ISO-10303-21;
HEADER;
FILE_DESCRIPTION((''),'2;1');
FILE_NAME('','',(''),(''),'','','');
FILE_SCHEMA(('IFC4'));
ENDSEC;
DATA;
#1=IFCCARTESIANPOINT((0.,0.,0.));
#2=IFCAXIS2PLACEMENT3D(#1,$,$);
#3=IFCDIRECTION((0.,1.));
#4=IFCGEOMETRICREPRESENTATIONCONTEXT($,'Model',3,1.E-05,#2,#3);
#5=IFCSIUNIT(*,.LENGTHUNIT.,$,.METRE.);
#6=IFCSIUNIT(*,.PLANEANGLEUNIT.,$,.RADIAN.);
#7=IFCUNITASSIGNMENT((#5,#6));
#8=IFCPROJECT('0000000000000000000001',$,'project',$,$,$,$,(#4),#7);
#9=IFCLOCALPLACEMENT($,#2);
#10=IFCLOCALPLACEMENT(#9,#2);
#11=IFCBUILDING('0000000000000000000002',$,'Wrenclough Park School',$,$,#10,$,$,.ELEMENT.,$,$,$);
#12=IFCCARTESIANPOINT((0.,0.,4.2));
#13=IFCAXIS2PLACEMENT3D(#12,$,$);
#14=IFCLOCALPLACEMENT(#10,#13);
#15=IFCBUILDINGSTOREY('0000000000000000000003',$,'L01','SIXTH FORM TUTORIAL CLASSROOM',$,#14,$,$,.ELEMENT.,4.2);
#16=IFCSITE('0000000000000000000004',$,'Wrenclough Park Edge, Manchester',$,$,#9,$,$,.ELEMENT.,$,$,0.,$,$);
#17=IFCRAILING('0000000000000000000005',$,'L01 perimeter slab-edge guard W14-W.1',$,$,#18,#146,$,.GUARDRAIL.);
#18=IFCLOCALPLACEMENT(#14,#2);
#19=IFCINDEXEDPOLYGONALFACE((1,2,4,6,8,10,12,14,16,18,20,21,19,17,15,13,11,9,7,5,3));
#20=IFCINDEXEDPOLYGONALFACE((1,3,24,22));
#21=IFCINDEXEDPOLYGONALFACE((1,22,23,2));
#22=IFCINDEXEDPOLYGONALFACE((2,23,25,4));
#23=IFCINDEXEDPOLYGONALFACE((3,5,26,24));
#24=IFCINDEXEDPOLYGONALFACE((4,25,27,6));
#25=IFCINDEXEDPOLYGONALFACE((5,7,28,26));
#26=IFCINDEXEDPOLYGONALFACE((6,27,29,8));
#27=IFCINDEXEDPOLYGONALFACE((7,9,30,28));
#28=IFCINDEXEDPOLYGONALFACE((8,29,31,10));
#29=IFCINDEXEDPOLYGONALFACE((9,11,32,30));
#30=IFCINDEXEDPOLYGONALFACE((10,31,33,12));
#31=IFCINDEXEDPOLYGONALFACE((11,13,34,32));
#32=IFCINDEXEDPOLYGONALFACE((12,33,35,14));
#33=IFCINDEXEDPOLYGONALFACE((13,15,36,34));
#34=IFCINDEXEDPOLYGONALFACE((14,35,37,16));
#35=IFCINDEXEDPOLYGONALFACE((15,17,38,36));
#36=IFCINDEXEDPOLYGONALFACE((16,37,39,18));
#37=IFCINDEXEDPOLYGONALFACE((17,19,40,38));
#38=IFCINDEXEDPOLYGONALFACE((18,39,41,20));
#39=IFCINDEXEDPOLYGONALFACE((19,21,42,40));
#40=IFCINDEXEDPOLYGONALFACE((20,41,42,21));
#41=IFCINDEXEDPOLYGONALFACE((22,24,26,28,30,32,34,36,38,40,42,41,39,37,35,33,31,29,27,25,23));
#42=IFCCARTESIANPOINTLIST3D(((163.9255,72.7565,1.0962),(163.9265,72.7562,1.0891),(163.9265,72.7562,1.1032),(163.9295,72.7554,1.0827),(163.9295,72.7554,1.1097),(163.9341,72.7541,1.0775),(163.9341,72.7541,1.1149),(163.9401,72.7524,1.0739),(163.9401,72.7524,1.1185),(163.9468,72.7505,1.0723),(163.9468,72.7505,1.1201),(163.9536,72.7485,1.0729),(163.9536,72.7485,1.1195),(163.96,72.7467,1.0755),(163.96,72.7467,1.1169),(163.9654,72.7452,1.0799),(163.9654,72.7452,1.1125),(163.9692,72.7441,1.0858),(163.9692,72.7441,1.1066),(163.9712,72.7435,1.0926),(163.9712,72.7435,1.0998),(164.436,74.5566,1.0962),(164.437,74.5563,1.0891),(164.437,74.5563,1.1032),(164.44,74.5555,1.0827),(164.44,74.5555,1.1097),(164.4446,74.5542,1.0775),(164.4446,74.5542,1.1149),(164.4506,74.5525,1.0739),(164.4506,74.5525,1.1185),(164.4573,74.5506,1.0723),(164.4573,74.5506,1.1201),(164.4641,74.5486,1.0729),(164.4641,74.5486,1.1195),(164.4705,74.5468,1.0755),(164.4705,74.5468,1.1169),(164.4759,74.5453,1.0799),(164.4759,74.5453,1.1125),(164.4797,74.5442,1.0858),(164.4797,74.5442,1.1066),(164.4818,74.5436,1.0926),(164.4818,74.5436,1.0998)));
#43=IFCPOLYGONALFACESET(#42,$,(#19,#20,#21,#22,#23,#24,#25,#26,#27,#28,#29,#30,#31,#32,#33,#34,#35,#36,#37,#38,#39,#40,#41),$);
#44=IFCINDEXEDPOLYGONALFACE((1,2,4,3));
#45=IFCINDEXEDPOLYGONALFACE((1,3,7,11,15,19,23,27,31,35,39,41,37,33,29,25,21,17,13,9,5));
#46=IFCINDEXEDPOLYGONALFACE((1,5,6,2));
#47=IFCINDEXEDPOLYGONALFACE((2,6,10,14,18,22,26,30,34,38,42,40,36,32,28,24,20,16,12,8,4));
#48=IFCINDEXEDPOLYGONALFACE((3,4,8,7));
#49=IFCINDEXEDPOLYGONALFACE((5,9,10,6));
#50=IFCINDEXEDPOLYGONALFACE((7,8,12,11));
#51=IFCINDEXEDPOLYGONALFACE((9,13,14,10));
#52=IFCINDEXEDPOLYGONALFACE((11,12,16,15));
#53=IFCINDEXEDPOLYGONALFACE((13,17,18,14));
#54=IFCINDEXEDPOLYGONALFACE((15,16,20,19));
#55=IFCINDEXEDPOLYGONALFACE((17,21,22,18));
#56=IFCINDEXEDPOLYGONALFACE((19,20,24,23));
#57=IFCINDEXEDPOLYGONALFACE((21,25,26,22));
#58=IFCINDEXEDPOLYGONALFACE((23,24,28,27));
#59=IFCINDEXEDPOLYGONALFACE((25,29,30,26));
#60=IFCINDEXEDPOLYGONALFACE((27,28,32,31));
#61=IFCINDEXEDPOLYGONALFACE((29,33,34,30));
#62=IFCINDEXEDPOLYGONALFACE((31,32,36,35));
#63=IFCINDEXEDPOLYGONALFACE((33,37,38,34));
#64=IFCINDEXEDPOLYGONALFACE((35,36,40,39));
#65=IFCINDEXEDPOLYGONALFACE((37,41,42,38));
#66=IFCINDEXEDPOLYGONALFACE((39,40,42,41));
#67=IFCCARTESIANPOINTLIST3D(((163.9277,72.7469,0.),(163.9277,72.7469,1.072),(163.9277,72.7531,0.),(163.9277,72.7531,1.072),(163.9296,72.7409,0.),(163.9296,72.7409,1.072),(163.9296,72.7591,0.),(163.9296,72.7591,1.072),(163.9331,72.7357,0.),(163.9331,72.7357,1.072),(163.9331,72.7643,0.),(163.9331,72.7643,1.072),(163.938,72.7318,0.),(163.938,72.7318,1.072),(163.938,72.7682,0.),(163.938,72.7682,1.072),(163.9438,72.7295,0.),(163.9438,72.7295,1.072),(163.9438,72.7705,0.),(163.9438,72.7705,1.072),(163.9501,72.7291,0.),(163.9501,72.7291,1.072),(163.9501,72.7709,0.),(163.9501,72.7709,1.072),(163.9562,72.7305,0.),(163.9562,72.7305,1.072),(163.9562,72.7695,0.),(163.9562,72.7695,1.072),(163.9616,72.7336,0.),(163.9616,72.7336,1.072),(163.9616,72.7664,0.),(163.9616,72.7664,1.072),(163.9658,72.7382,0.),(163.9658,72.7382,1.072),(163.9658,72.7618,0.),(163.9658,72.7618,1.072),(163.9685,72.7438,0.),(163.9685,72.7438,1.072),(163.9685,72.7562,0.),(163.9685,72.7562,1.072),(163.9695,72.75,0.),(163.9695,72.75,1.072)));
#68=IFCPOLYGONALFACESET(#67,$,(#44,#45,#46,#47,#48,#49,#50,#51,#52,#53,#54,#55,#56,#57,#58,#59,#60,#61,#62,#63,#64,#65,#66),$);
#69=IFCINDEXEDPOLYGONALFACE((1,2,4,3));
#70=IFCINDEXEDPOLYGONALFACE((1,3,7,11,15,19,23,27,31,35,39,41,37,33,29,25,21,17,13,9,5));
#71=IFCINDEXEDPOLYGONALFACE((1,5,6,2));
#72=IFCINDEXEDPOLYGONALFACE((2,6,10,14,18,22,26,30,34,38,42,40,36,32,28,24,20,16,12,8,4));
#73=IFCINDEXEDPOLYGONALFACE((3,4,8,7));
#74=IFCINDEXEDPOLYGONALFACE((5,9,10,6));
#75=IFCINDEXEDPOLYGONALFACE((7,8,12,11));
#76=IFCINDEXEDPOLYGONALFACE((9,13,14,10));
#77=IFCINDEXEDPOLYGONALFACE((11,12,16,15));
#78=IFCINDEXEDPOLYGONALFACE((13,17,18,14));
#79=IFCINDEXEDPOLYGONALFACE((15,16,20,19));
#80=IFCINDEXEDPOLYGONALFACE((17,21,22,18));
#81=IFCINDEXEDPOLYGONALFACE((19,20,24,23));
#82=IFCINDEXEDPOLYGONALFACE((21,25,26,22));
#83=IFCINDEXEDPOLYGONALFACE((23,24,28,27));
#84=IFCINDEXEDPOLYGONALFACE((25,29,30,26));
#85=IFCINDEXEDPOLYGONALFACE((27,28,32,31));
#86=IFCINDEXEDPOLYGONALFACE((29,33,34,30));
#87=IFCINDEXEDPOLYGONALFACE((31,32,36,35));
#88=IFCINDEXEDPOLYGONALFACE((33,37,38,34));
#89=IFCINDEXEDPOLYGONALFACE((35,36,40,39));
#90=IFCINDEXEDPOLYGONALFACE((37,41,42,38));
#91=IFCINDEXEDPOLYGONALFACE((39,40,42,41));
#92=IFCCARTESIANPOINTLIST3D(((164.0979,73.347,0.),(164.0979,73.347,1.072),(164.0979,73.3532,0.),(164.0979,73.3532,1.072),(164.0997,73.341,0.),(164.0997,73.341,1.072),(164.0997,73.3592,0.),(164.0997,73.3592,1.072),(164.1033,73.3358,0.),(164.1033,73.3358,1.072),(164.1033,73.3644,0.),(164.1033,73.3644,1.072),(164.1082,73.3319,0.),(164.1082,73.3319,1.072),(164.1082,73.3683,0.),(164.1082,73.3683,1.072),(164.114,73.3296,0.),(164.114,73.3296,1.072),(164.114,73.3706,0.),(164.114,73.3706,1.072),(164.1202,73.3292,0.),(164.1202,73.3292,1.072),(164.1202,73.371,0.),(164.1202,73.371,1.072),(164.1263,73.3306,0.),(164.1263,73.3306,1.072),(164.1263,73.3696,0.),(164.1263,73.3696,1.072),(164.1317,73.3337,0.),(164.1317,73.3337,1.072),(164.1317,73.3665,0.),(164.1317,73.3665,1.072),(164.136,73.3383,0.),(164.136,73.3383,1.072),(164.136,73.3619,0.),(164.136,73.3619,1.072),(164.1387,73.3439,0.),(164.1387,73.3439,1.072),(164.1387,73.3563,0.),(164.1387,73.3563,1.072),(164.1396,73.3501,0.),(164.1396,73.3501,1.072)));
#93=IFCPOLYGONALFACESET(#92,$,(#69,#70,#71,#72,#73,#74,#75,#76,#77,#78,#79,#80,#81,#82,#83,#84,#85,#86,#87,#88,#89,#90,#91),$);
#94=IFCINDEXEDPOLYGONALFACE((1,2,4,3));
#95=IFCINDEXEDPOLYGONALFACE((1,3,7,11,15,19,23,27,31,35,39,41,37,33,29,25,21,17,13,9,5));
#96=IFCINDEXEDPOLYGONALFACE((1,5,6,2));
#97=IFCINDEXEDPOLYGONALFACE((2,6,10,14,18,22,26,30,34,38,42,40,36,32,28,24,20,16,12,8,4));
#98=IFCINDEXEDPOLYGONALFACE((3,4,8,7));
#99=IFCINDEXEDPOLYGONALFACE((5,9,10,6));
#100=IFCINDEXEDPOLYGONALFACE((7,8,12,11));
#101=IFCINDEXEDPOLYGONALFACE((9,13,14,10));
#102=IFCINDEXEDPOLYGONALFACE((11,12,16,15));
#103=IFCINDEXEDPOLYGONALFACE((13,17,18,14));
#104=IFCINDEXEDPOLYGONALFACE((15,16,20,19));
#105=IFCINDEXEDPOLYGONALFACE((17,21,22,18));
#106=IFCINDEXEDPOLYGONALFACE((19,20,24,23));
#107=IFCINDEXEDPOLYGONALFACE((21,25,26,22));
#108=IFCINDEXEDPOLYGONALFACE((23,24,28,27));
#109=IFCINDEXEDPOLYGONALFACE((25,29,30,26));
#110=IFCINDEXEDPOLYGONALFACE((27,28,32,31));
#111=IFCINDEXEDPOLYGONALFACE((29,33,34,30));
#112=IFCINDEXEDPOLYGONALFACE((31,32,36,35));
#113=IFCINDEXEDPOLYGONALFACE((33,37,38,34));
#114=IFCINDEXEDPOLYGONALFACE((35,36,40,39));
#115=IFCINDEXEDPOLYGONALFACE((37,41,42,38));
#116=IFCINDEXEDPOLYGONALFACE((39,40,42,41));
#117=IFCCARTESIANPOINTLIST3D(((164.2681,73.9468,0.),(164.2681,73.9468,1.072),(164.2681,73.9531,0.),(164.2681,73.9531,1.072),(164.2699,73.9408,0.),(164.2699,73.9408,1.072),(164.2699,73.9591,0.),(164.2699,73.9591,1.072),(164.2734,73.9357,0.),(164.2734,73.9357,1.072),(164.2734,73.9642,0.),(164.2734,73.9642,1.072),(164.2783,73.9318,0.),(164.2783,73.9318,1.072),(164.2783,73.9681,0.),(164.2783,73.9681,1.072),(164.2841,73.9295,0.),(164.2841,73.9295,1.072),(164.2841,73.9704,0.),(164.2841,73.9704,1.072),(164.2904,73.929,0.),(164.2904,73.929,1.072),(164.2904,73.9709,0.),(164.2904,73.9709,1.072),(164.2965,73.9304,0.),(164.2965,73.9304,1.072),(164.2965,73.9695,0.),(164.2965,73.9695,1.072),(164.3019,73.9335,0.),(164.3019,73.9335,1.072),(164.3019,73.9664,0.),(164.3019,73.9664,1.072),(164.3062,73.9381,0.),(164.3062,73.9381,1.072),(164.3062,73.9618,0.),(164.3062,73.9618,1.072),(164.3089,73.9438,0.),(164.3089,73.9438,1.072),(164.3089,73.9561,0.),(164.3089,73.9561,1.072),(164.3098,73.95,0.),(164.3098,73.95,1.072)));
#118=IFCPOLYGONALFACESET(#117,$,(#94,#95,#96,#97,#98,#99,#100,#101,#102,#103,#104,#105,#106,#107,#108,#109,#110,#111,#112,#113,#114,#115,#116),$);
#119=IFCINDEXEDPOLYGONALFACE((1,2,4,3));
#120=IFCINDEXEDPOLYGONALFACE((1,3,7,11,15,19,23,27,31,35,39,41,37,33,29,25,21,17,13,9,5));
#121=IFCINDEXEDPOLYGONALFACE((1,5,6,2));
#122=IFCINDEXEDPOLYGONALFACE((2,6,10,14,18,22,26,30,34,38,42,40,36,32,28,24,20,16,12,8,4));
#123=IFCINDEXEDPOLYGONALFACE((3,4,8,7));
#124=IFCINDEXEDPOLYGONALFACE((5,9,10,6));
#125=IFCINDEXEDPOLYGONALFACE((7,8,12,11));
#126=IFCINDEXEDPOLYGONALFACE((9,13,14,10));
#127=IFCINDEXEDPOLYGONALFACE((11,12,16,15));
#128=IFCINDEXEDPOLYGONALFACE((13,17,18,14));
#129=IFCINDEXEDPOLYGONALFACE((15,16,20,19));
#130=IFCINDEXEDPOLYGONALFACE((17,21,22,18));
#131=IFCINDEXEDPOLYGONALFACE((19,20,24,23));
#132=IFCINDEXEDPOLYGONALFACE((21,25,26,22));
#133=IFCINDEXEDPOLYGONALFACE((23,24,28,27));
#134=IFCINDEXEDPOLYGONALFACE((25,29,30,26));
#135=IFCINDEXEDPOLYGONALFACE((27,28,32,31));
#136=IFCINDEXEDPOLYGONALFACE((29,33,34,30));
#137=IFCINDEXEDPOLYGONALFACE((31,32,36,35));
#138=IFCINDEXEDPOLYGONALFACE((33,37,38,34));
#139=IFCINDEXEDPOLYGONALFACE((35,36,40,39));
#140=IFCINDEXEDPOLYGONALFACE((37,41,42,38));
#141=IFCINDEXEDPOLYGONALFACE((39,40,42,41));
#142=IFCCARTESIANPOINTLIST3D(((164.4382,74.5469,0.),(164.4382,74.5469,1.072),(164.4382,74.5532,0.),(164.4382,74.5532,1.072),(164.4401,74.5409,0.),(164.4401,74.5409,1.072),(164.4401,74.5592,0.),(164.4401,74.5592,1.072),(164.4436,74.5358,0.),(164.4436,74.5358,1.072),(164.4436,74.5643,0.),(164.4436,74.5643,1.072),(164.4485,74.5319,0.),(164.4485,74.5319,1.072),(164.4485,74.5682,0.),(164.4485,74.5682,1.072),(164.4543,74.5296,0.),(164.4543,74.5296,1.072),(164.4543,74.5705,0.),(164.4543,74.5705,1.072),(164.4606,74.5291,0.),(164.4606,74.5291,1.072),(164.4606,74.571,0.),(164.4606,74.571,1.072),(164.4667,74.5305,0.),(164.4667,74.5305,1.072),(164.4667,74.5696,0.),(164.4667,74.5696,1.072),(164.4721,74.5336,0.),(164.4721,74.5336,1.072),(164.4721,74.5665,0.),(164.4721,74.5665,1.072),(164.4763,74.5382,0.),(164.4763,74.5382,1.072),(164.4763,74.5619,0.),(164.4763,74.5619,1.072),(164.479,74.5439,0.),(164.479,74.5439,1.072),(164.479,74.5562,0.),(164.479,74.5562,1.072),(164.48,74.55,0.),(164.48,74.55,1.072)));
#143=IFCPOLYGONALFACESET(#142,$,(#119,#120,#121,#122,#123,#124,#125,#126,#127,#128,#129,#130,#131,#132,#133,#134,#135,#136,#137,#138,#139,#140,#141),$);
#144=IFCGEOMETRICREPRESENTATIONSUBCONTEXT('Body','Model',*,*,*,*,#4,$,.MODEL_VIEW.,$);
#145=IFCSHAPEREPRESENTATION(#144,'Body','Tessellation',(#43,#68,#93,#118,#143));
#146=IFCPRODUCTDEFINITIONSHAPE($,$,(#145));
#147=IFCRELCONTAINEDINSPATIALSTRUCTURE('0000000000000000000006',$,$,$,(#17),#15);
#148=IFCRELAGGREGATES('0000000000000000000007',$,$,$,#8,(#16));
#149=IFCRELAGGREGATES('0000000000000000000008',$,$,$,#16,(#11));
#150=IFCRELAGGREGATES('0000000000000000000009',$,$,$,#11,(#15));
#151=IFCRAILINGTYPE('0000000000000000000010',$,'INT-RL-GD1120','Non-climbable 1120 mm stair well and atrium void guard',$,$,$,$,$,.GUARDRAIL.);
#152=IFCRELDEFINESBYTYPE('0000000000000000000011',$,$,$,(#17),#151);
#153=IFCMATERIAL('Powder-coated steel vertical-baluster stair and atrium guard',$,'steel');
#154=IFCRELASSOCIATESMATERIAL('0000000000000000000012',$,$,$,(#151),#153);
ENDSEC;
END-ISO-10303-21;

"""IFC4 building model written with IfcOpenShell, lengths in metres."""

from ifc_helpers import new_model, si_unit, direction, frame, origin, origin_2d, place, context, subcontext, project, spatial, circle, extrude, material, type_object, element, save


model = new_model("IFC4")

# Units and contexts
model_context = context("Model", 3, precision=1e-05, world=origin(), true_north=direction((0.0, 1.0)))
body_context = subcontext(model_context, "Body", "Model", "MODEL_VIEW")
ifc_project = project(units=[si_unit("LENGTHUNIT", "METRE"), si_unit("PLANEANGLEUNIT", "RADIAN")], contexts=[model_context])

# Site, building, storey
site_placement = place(None, origin())
site = spatial("IfcSite", under=ifc_project, at=site_placement, Name="Wrenclough Park Edge, Manchester", CompositionType="ELEMENT", RefElevation=0.0)
building_placement = place(site_placement, origin())
building = spatial("IfcBuilding", under=site, at=building_placement, Name="Wrenclough Park School", CompositionType="ELEMENT")
storey_placement = place(building_placement, frame((0.0, 0.0, 4.2)))
storey = spatial("IfcBuildingStorey", under=building, at=storey_placement, Name="L01", Description="SIXTH FORM TUTORIAL CLASSROOM", CompositionType="ELEMENT", Elevation=4.2)

# Railing
ifc_material_1 = material(Name="Powder-coated steel vertical-baluster stair and atrium guard", Category="steel")
railing_type = type_object("IfcRailingType", Name="INT-RL-GD1120", Description="Non-climbable 1120 mm stair well and atrium void guard", PredefinedType="GUARDRAIL", material=ifc_material_1)
railing_placement = place(storey_placement, frame((163.9485, 72.75, 0.0)))
element("IfcRailing", 1, at=railing_placement, inside=storey, type_object=railing_type, Name="L01 perimeter slab-edge guard W14-W.1", PredefinedType="GUARDRAIL", context=body_context, shape_type="SweptSolid", body=[
    extrude(circle(Radius=0.0239, at=origin_2d()), frame((0.0, 0.0, 1.0962), z_axis=(0.272842, 0.962059, 0.0), x_axis=(-0.962059, 0.272842, 0.0)), (0.0, 0.0, 1.0), 1.8711),
    extrude(circle(Radius=0.021, at=origin_2d()), origin(), (0.0, 0.0, 1.0), 1.072),
    extrude(circle(Radius=0.021, at=origin_2d()), frame((0.1702, 0.6001, 0.0)), (0.0, 0.0, 1.0), 1.072),
    extrude(circle(Radius=0.021, at=origin_2d()), frame((0.3403, 1.2, 0.0)), (0.0, 0.0, 1.0), 1.072),
    extrude(circle(Radius=0.021, at=origin_2d()), frame((0.5105, 1.8, 0.0)), (0.0, 0.0, 1.0), 1.072),
])

save(model, "model.ifc")
